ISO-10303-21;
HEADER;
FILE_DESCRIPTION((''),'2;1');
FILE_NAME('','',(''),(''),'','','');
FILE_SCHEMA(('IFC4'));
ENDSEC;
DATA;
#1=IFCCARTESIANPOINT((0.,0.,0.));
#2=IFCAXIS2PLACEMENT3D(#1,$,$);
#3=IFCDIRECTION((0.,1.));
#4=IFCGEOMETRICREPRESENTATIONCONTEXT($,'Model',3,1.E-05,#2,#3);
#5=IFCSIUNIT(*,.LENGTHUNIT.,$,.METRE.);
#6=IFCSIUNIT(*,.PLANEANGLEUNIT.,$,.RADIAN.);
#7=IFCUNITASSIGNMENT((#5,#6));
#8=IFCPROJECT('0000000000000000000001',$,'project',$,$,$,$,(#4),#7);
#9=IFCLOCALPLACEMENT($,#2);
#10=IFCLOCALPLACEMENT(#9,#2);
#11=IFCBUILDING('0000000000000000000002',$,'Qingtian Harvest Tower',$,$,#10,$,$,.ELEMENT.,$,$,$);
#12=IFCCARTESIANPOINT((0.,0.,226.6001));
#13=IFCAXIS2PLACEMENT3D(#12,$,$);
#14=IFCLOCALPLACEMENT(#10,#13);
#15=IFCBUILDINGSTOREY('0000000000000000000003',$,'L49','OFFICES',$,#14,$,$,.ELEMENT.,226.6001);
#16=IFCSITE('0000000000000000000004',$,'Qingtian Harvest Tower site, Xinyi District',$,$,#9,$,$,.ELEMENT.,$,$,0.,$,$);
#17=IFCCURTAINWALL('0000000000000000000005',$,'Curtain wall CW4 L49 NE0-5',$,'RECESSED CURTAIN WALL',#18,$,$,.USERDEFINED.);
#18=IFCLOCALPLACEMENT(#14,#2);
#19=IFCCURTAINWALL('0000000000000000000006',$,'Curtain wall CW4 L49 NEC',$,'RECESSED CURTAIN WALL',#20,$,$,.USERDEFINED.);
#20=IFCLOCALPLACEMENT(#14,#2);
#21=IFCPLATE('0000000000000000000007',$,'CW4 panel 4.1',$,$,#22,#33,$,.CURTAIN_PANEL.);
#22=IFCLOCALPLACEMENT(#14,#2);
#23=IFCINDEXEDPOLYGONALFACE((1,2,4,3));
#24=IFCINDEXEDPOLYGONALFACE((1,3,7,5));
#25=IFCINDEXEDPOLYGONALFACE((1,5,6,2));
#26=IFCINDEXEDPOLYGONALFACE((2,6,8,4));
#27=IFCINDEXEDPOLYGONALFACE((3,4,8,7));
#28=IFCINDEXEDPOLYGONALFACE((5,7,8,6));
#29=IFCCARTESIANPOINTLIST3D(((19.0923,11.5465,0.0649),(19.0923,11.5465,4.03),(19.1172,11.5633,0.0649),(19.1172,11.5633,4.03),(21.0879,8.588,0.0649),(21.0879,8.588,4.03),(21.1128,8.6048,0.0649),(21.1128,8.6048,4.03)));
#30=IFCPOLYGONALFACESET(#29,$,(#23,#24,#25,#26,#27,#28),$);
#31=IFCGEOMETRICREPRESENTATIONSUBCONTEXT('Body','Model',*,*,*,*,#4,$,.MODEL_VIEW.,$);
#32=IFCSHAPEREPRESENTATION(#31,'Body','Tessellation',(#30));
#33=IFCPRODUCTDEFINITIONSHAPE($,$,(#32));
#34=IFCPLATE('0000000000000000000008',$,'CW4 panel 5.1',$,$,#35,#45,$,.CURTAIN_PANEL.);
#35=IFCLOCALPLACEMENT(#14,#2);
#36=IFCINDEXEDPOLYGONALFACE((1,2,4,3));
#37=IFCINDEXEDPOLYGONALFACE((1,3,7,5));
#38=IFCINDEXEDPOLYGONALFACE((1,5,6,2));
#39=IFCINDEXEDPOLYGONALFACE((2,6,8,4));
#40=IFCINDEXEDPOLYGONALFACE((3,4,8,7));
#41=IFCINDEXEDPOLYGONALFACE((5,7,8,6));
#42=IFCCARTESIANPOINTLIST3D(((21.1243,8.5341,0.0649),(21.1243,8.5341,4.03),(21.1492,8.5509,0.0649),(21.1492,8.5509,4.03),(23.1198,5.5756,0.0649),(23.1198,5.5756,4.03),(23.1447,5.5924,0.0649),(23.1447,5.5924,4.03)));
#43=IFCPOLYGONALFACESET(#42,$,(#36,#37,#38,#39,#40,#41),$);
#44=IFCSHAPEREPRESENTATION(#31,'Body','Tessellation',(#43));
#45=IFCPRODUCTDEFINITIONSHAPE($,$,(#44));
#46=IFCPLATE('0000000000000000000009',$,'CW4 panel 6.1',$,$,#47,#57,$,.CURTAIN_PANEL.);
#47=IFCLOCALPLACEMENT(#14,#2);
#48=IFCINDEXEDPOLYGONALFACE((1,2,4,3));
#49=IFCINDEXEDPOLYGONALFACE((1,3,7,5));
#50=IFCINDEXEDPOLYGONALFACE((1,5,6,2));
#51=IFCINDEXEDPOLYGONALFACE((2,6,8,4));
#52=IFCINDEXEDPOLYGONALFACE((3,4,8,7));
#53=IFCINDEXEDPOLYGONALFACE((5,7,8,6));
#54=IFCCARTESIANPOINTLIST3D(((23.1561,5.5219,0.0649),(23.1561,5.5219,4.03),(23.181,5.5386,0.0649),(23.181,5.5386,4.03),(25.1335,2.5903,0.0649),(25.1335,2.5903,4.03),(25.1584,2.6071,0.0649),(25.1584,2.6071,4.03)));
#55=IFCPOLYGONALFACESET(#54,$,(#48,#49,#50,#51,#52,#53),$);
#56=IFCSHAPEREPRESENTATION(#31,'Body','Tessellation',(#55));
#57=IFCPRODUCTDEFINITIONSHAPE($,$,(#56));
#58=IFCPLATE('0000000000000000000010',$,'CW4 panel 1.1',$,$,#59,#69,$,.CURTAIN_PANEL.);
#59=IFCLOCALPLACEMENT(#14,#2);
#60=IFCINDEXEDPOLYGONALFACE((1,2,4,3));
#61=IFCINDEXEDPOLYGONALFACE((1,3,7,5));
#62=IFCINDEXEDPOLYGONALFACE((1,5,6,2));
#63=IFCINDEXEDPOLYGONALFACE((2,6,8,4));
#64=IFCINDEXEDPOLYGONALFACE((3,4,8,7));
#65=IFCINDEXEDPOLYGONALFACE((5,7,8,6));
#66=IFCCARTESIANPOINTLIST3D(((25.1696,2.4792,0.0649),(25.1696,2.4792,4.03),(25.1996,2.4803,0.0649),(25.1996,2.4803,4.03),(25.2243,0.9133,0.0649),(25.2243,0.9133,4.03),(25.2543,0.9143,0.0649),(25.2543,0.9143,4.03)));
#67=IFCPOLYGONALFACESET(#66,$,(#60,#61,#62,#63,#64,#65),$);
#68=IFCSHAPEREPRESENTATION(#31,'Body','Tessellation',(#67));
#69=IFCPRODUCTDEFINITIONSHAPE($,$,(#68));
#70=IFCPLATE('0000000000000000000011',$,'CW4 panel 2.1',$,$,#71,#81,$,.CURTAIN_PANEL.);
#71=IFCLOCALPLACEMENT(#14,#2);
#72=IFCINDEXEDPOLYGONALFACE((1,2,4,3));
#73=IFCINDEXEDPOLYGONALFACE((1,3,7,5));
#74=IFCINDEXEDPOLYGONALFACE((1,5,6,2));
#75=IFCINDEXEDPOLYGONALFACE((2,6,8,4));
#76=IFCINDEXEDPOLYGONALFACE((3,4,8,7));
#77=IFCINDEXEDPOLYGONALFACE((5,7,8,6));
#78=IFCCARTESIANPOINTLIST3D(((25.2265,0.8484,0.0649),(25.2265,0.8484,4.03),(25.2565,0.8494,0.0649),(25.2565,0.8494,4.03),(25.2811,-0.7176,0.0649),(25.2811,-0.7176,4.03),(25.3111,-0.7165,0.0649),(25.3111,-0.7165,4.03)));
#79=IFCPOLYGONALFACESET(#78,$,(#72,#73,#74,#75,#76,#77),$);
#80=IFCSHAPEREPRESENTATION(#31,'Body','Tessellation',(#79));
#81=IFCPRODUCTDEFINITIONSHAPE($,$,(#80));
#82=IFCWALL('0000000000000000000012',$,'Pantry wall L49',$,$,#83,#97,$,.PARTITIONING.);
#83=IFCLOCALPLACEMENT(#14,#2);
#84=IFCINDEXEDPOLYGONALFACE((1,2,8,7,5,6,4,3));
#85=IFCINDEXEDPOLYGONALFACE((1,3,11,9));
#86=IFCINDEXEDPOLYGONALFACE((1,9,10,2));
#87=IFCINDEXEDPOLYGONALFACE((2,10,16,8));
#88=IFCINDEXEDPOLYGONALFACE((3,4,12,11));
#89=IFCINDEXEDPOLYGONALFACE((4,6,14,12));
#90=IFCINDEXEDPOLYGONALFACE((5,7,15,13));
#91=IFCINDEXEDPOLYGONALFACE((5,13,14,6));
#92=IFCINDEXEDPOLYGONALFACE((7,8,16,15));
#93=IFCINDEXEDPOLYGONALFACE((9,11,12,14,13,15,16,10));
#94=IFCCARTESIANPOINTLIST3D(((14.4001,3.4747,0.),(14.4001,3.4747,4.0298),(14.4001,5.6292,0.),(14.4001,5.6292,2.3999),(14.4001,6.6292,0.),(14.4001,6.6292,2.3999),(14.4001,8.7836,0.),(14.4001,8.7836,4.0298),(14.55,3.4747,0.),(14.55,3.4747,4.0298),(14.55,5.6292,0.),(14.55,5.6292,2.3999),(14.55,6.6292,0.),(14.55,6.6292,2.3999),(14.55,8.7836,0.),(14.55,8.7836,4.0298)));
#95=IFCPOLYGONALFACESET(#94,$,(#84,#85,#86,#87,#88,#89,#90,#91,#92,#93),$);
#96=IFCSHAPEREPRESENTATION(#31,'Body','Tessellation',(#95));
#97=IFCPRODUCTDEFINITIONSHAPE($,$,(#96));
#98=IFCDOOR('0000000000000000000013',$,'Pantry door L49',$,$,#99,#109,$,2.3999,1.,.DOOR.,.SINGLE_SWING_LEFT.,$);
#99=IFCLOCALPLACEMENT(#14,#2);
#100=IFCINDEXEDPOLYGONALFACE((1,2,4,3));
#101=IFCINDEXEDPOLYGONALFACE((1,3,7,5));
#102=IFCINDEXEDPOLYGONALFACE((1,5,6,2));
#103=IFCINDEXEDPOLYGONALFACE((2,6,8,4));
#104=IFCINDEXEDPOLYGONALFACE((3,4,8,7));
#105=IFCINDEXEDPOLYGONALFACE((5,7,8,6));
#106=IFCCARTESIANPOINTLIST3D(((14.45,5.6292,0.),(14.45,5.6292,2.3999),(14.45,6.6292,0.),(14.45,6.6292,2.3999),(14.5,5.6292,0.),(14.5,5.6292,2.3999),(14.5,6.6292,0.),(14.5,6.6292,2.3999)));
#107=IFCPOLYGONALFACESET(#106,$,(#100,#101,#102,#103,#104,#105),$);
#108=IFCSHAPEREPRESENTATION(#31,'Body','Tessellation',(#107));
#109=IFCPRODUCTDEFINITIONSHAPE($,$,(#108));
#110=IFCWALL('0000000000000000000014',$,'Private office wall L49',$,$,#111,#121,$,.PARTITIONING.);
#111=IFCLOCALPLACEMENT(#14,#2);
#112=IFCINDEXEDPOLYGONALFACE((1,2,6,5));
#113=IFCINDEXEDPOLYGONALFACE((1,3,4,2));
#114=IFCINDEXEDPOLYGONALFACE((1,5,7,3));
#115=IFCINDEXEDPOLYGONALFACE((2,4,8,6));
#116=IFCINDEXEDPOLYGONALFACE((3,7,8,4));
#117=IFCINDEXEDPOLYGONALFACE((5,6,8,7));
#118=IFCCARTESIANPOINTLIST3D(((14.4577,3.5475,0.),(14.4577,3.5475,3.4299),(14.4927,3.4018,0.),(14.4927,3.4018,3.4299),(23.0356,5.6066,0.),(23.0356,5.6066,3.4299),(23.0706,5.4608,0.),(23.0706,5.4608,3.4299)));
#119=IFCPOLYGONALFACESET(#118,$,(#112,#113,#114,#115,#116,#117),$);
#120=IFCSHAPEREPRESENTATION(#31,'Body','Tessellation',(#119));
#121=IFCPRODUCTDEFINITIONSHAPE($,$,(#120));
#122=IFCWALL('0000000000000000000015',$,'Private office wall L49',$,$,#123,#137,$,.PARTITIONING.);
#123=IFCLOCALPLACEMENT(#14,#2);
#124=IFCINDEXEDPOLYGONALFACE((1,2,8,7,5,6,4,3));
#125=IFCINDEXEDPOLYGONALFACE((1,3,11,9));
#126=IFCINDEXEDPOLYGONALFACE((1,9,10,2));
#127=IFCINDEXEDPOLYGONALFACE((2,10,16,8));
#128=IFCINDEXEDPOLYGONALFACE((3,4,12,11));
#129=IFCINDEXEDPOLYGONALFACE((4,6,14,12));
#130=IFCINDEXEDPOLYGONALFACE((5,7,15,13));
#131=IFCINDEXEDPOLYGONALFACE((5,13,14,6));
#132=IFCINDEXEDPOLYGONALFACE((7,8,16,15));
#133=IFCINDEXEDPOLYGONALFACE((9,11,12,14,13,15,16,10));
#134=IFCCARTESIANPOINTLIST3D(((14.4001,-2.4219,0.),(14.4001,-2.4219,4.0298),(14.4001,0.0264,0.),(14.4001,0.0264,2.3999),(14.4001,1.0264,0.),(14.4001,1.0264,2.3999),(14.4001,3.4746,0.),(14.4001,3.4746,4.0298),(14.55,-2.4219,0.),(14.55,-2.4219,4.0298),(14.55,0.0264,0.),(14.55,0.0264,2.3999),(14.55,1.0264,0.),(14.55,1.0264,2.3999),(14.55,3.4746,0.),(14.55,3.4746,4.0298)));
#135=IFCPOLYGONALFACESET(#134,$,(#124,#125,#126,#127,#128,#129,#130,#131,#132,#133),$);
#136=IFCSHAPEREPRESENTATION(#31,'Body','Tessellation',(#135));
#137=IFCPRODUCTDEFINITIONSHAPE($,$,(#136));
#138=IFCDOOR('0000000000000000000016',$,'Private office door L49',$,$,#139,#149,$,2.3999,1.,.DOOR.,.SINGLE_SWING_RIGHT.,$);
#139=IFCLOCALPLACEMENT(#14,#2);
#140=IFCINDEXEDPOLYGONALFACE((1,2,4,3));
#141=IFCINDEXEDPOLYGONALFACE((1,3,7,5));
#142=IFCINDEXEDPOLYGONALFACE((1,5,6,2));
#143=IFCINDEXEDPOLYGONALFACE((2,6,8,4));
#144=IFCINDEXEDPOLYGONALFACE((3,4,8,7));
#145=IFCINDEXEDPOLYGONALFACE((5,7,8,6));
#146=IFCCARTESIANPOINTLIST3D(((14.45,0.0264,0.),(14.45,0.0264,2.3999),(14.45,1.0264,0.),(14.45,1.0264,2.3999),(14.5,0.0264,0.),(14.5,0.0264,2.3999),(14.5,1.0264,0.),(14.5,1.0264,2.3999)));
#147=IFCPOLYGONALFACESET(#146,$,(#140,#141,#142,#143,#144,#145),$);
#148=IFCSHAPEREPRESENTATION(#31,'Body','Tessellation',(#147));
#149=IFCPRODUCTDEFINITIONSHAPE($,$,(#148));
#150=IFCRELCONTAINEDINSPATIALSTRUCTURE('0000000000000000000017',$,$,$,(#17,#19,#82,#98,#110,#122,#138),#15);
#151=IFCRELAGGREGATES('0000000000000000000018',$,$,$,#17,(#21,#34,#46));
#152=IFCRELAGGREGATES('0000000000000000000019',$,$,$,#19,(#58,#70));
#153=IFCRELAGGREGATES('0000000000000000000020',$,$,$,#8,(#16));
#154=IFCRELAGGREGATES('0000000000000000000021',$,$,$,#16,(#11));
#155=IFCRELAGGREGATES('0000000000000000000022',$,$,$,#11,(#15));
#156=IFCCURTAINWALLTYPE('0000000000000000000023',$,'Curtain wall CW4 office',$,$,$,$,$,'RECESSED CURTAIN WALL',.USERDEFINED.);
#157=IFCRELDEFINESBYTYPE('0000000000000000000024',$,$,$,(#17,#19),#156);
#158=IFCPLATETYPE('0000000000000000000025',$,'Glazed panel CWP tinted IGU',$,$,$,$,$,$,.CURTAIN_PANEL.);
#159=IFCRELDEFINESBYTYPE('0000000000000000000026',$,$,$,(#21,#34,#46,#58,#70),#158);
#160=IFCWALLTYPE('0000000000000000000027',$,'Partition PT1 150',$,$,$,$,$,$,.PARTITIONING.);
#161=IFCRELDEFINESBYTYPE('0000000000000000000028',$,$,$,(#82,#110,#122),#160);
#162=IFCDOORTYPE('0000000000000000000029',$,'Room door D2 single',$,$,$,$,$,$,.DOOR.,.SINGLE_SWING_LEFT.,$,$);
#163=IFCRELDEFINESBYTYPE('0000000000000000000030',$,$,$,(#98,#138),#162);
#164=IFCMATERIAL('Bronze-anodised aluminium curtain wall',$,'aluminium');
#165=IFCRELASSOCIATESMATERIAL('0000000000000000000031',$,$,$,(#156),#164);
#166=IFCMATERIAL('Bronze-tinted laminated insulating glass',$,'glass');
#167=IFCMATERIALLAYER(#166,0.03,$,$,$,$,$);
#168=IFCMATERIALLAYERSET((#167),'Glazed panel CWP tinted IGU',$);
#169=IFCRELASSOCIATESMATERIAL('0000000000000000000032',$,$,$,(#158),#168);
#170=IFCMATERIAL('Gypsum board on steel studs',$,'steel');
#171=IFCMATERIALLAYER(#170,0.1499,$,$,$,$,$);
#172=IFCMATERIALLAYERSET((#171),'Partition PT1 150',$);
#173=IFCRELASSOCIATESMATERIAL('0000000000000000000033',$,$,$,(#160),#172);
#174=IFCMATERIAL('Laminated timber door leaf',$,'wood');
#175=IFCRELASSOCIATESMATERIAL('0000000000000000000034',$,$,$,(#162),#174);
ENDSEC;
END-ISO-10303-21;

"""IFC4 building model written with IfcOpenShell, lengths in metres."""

from ifc_helpers import new_model, si_unit, direction, frame, frame_2d, origin, origin_2d, place, context, subcontext, project, spatial, rectangle, extrude, material, layer, layer_set, type_object, element, fill, aggregate, save


model = new_model("IFC4")

# Units and contexts
model_context = context("Model", 3, precision=1e-05, world=origin(), true_north=direction((0.0, 1.0)))
body_context = subcontext(model_context, "Body", "Model", "MODEL_VIEW")
ifc_project = project(units=[si_unit("LENGTHUNIT", "METRE"), si_unit("PLANEANGLEUNIT", "RADIAN")], contexts=[model_context])

# Site, building, storey
site_placement = place(None, origin())
site = spatial("IfcSite", under=ifc_project, at=site_placement, Name="Qingtian Harvest Tower site, Xinyi District", CompositionType="ELEMENT", RefElevation=0.0)
building_placement = place(site_placement, origin())
building = spatial("IfcBuilding", under=site, at=building_placement, Name="Qingtian Harvest Tower", CompositionType="ELEMENT")
storey_placement = place(building_placement, frame((0.0, 0.0, 226.6001)))
storey = spatial("IfcBuildingStorey", under=building, at=storey_placement, Name="L49", Description="OFFICES", CompositionType="ELEMENT", Elevation=226.6001)

# Curtain walls
ifc_material_1 = material(Name="Bronze-anodised aluminium curtain wall", Category="aluminium")
curtain_wall_type = type_object("IfcCurtainWallType", Name="Curtain wall CW4 office", ElementType="RECESSED CURTAIN WALL", PredefinedType="USERDEFINED", material=ifc_material_1)
curtain_wall_1_placement = place(storey_placement, origin())
curtain_wall_1 = element("IfcCurtainWall", 1, at=curtain_wall_1_placement, inside=storey, type_object=curtain_wall_type, Name="Curtain wall CW4 L49 NE0-5", ObjectType="RECESSED CURTAIN WALL", PredefinedType="USERDEFINED")
curtain_wall_2_placement = place(storey_placement, origin())
curtain_wall_2 = element("IfcCurtainWall", 2, at=curtain_wall_2_placement, inside=storey, type_object=curtain_wall_type, Name="Curtain wall CW4 L49 NEC", ObjectType="RECESSED CURTAIN WALL", PredefinedType="USERDEFINED")

# Plates
ifc_material_2 = material(Name="Bronze-tinted laminated insulating glass", Category="glass")
ifc_layer_1 = layer(ifc_material_2, 0.03)
ifc_layer_set_1 = layer_set([ifc_layer_1], Name="Glazed panel CWP tinted IGU")
plate_type = type_object("IfcPlateType", Name="Glazed panel CWP tinted IGU", PredefinedType="CURTAIN_PANEL", material=ifc_layer_set_1)
plate_1_placement = place(storey_placement, frame((20.1025, 10.0757, 0.0649), z_axis=(0.0, 0.0, 1.0), x_axis=(0.559193, -0.829038, 0.0)))
plate_1 = element("IfcPlate", 3, at=plate_1_placement, type_object=plate_type, Name="CW4 panel 4.1", PredefinedType="CURTAIN_PANEL", context=body_context, shape_type="SweptSolid", body=[
    extrude(rectangle(XDim=3.5686, YDim=0.03, at=origin_2d()), origin(), (0.0, 0.0, 1.0), 3.9651),
])
plate_2_placement = place(storey_placement, frame((22.1345, 7.0632, 0.0649), z_axis=(0.0, 0.0, 1.0), x_axis=(0.559193, -0.829038, 0.0)))
plate_2 = element("IfcPlate", 4, at=plate_2_placement, type_object=plate_type, Name="CW4 panel 5.1", PredefinedType="CURTAIN_PANEL", context=body_context, shape_type="SweptSolid", body=[
    extrude(rectangle(XDim=3.5686, YDim=0.03, at=origin_2d()), origin(), (0.0, 0.0, 1.0), 3.9651),
])
plate_3_placement = place(storey_placement, frame((24.1572, 4.0645, 0.0649), z_axis=(0.0, 0.0, 1.0), x_axis=(0.559193, -0.829038, 0.0)))
plate_3 = element("IfcPlate", 5, at=plate_3_placement, type_object=plate_type, Name="CW4 panel 6.1", PredefinedType="CURTAIN_PANEL", context=body_context, shape_type="SweptSolid", body=[
    extrude(rectangle(XDim=3.5361, YDim=0.03, at=origin_2d()), origin(), (0.0, 0.0, 1.0), 3.9651),
])
aggregate(curtain_wall_1, [plate_1, plate_2, plate_3])
plate_4_placement = place(storey_placement, frame((25.2119, 1.6968, 0.0649), z_axis=(0.0, 0.0, 1.0), x_axis=(0.034899, -0.999391, 0.0)))
plate_4 = element("IfcPlate", 6, at=plate_4_placement, type_object=plate_type, Name="CW4 panel 1.1", PredefinedType="CURTAIN_PANEL", context=body_context, shape_type="SweptSolid", body=[
    extrude(rectangle(XDim=1.5669, YDim=0.03, at=origin_2d()), origin(), (0.0, 0.0, 1.0), 3.9651),
])
plate_5_placement = place(storey_placement, frame((25.2688, 0.0659, 0.0649), z_axis=(0.0, 0.0, 1.0), x_axis=(0.034899, -0.999391, 0.0)))
plate_5 = element("IfcPlate", 7, at=plate_5_placement, type_object=plate_type, Name="CW4 panel 2.1", PredefinedType="CURTAIN_PANEL", context=body_context, shape_type="SweptSolid", body=[
    extrude(rectangle(XDim=1.5669, YDim=0.03, at=origin_2d()), origin(), (0.0, 0.0, 1.0), 3.9651),
])
aggregate(curtain_wall_2, [plate_4, plate_5])

# Wall, opening, door
ifc_material_3 = material(Name="Gypsum board on steel studs", Category="steel")
ifc_layer_2 = layer(ifc_material_3, 0.1499)
ifc_layer_set_2 = layer_set([ifc_layer_2], Name="Partition PT1 150")
wall_type = type_object("IfcWallType", Name="Partition PT1 150", PredefinedType="PARTITIONING", material=ifc_layer_set_2)
wall_1_placement = place(storey_placement, frame((14.4751, 8.7834, 0.0), z_axis=(0.0, 0.0, 1.0), x_axis=(0.0, -1.0, 0.0)))
wall_1 = element("IfcWall", 8, at=wall_1_placement, inside=storey, type_object=wall_type, Name="Pantry wall L49", PredefinedType="PARTITIONING", context=body_context, shape_type="SweptSolid", body=[
    extrude(rectangle(XDim=5.3088, YDim=0.1499, at=frame_2d((2.6543, 0.0))), origin(), (0.0, 0.0, 1.0), 4.0298),
])
opening_1_placement = place(wall_1_placement, frame((2.1543, 0.0, 0.0)))
opening_1 = element("IfcOpeningElement", 9, at=opening_1_placement, cuts=wall_1, PredefinedType="OPENING", context=body_context, shape_type="SweptSolid", body=[
    extrude(rectangle(XDim=1.0, YDim=2.3999, at=frame_2d((0.5, 1.2))), frame((0.0, 0.085, 0.0), z_axis=(0.0, -1.0, 0.0), x_axis=(1.0, 0.0, 0.0)), (0.0, 0.0, 1.0), 0.1699),
])
ifc_material_4 = material(Name="Laminated timber door leaf", Category="wood")
door_type = type_object("IfcDoorType", Name="Room door D2 single", OperationType="SINGLE_SWING_LEFT", PredefinedType="DOOR", material=ifc_material_4)
door_1_placement = place(opening_1_placement, origin())
door_1 = element("IfcDoor", 10, at=door_1_placement, inside=storey, type_object=door_type, Name="Pantry door L49", OperationType="SINGLE_SWING_LEFT", OverallHeight=2.3999, OverallWidth=1.0, PredefinedType="DOOR", context=body_context, shape_type="SweptSolid", body=[
    extrude(rectangle(XDim=1.0, YDim=2.3999, at=frame_2d((0.5, 1.2))), frame((0.0, 0.0249, 0.0), z_axis=(0.0, -1.0, 0.0), x_axis=(1.0, 0.0, 0.0)), (0.0, 0.0, 1.0), 0.05),
])
fill(opening_1, door_1)

# Wall
wall_2_placement = place(storey_placement, frame((23.053, 5.5337, 0.0), z_axis=(0.0, 0.0, 1.0), x_axis=(-0.972377, -0.233415, 0.0)))
element("IfcWall", 11, at=wall_2_placement, inside=storey, type_object=wall_type, Name="Private office wall L49", PredefinedType="PARTITIONING", context=body_context, shape_type="SweptSolid", body=[
    extrude(rectangle(XDim=8.8215, YDim=0.1499, at=frame_2d((4.4106, 0.0))), origin(), (0.0, 0.0, 1.0), 3.4299),
])

# Wall, opening, door
wall_3_placement = place(storey_placement, frame((14.4751, 3.4746, 0.0), z_axis=(0.0, 0.0, 1.0), x_axis=(0.0, -1.0, 0.0)))
wall_3 = element("IfcWall", 12, at=wall_3_placement, inside=storey, type_object=wall_type, Name="Private office wall L49", PredefinedType="PARTITIONING", context=body_context, shape_type="SweptSolid", body=[
    extrude(rectangle(XDim=5.8965, YDim=0.1499, at=frame_2d((2.9482, 0.0))), origin(), (0.0, 0.0, 1.0), 4.0298),
])
opening_2_placement = place(wall_3_placement, frame((2.4482, 0.0, 0.0)))
opening_2 = element("IfcOpeningElement", 13, at=opening_2_placement, cuts=wall_3, PredefinedType="OPENING", context=body_context, shape_type="SweptSolid", body=[
    extrude(rectangle(XDim=1.0, YDim=2.3999, at=frame_2d((0.5, 1.2))), frame((0.0, 0.085, 0.0), z_axis=(0.0, -1.0, 0.0), x_axis=(1.0, 0.0, 0.0)), (0.0, 0.0, 1.0), 0.1699),
])
door_2_placement = place(opening_2_placement, origin())
door_2 = element("IfcDoor", 14, at=door_2_placement, inside=storey, type_object=door_type, Name="Private office door L49", OperationType="SINGLE_SWING_RIGHT", OverallHeight=2.3999, OverallWidth=1.0, PredefinedType="DOOR", context=body_context, shape_type="SweptSolid", body=[
    extrude(rectangle(XDim=1.0, YDim=2.3999, at=frame_2d((0.5, 1.2))), frame((0.0, 0.0249, 0.0), z_axis=(0.0, -1.0, 0.0), x_axis=(1.0, 0.0, 0.0)), (0.0, 0.0, 1.0), 0.05),
])
fill(opening_2, door_2)

save(model, "model.ifc")
